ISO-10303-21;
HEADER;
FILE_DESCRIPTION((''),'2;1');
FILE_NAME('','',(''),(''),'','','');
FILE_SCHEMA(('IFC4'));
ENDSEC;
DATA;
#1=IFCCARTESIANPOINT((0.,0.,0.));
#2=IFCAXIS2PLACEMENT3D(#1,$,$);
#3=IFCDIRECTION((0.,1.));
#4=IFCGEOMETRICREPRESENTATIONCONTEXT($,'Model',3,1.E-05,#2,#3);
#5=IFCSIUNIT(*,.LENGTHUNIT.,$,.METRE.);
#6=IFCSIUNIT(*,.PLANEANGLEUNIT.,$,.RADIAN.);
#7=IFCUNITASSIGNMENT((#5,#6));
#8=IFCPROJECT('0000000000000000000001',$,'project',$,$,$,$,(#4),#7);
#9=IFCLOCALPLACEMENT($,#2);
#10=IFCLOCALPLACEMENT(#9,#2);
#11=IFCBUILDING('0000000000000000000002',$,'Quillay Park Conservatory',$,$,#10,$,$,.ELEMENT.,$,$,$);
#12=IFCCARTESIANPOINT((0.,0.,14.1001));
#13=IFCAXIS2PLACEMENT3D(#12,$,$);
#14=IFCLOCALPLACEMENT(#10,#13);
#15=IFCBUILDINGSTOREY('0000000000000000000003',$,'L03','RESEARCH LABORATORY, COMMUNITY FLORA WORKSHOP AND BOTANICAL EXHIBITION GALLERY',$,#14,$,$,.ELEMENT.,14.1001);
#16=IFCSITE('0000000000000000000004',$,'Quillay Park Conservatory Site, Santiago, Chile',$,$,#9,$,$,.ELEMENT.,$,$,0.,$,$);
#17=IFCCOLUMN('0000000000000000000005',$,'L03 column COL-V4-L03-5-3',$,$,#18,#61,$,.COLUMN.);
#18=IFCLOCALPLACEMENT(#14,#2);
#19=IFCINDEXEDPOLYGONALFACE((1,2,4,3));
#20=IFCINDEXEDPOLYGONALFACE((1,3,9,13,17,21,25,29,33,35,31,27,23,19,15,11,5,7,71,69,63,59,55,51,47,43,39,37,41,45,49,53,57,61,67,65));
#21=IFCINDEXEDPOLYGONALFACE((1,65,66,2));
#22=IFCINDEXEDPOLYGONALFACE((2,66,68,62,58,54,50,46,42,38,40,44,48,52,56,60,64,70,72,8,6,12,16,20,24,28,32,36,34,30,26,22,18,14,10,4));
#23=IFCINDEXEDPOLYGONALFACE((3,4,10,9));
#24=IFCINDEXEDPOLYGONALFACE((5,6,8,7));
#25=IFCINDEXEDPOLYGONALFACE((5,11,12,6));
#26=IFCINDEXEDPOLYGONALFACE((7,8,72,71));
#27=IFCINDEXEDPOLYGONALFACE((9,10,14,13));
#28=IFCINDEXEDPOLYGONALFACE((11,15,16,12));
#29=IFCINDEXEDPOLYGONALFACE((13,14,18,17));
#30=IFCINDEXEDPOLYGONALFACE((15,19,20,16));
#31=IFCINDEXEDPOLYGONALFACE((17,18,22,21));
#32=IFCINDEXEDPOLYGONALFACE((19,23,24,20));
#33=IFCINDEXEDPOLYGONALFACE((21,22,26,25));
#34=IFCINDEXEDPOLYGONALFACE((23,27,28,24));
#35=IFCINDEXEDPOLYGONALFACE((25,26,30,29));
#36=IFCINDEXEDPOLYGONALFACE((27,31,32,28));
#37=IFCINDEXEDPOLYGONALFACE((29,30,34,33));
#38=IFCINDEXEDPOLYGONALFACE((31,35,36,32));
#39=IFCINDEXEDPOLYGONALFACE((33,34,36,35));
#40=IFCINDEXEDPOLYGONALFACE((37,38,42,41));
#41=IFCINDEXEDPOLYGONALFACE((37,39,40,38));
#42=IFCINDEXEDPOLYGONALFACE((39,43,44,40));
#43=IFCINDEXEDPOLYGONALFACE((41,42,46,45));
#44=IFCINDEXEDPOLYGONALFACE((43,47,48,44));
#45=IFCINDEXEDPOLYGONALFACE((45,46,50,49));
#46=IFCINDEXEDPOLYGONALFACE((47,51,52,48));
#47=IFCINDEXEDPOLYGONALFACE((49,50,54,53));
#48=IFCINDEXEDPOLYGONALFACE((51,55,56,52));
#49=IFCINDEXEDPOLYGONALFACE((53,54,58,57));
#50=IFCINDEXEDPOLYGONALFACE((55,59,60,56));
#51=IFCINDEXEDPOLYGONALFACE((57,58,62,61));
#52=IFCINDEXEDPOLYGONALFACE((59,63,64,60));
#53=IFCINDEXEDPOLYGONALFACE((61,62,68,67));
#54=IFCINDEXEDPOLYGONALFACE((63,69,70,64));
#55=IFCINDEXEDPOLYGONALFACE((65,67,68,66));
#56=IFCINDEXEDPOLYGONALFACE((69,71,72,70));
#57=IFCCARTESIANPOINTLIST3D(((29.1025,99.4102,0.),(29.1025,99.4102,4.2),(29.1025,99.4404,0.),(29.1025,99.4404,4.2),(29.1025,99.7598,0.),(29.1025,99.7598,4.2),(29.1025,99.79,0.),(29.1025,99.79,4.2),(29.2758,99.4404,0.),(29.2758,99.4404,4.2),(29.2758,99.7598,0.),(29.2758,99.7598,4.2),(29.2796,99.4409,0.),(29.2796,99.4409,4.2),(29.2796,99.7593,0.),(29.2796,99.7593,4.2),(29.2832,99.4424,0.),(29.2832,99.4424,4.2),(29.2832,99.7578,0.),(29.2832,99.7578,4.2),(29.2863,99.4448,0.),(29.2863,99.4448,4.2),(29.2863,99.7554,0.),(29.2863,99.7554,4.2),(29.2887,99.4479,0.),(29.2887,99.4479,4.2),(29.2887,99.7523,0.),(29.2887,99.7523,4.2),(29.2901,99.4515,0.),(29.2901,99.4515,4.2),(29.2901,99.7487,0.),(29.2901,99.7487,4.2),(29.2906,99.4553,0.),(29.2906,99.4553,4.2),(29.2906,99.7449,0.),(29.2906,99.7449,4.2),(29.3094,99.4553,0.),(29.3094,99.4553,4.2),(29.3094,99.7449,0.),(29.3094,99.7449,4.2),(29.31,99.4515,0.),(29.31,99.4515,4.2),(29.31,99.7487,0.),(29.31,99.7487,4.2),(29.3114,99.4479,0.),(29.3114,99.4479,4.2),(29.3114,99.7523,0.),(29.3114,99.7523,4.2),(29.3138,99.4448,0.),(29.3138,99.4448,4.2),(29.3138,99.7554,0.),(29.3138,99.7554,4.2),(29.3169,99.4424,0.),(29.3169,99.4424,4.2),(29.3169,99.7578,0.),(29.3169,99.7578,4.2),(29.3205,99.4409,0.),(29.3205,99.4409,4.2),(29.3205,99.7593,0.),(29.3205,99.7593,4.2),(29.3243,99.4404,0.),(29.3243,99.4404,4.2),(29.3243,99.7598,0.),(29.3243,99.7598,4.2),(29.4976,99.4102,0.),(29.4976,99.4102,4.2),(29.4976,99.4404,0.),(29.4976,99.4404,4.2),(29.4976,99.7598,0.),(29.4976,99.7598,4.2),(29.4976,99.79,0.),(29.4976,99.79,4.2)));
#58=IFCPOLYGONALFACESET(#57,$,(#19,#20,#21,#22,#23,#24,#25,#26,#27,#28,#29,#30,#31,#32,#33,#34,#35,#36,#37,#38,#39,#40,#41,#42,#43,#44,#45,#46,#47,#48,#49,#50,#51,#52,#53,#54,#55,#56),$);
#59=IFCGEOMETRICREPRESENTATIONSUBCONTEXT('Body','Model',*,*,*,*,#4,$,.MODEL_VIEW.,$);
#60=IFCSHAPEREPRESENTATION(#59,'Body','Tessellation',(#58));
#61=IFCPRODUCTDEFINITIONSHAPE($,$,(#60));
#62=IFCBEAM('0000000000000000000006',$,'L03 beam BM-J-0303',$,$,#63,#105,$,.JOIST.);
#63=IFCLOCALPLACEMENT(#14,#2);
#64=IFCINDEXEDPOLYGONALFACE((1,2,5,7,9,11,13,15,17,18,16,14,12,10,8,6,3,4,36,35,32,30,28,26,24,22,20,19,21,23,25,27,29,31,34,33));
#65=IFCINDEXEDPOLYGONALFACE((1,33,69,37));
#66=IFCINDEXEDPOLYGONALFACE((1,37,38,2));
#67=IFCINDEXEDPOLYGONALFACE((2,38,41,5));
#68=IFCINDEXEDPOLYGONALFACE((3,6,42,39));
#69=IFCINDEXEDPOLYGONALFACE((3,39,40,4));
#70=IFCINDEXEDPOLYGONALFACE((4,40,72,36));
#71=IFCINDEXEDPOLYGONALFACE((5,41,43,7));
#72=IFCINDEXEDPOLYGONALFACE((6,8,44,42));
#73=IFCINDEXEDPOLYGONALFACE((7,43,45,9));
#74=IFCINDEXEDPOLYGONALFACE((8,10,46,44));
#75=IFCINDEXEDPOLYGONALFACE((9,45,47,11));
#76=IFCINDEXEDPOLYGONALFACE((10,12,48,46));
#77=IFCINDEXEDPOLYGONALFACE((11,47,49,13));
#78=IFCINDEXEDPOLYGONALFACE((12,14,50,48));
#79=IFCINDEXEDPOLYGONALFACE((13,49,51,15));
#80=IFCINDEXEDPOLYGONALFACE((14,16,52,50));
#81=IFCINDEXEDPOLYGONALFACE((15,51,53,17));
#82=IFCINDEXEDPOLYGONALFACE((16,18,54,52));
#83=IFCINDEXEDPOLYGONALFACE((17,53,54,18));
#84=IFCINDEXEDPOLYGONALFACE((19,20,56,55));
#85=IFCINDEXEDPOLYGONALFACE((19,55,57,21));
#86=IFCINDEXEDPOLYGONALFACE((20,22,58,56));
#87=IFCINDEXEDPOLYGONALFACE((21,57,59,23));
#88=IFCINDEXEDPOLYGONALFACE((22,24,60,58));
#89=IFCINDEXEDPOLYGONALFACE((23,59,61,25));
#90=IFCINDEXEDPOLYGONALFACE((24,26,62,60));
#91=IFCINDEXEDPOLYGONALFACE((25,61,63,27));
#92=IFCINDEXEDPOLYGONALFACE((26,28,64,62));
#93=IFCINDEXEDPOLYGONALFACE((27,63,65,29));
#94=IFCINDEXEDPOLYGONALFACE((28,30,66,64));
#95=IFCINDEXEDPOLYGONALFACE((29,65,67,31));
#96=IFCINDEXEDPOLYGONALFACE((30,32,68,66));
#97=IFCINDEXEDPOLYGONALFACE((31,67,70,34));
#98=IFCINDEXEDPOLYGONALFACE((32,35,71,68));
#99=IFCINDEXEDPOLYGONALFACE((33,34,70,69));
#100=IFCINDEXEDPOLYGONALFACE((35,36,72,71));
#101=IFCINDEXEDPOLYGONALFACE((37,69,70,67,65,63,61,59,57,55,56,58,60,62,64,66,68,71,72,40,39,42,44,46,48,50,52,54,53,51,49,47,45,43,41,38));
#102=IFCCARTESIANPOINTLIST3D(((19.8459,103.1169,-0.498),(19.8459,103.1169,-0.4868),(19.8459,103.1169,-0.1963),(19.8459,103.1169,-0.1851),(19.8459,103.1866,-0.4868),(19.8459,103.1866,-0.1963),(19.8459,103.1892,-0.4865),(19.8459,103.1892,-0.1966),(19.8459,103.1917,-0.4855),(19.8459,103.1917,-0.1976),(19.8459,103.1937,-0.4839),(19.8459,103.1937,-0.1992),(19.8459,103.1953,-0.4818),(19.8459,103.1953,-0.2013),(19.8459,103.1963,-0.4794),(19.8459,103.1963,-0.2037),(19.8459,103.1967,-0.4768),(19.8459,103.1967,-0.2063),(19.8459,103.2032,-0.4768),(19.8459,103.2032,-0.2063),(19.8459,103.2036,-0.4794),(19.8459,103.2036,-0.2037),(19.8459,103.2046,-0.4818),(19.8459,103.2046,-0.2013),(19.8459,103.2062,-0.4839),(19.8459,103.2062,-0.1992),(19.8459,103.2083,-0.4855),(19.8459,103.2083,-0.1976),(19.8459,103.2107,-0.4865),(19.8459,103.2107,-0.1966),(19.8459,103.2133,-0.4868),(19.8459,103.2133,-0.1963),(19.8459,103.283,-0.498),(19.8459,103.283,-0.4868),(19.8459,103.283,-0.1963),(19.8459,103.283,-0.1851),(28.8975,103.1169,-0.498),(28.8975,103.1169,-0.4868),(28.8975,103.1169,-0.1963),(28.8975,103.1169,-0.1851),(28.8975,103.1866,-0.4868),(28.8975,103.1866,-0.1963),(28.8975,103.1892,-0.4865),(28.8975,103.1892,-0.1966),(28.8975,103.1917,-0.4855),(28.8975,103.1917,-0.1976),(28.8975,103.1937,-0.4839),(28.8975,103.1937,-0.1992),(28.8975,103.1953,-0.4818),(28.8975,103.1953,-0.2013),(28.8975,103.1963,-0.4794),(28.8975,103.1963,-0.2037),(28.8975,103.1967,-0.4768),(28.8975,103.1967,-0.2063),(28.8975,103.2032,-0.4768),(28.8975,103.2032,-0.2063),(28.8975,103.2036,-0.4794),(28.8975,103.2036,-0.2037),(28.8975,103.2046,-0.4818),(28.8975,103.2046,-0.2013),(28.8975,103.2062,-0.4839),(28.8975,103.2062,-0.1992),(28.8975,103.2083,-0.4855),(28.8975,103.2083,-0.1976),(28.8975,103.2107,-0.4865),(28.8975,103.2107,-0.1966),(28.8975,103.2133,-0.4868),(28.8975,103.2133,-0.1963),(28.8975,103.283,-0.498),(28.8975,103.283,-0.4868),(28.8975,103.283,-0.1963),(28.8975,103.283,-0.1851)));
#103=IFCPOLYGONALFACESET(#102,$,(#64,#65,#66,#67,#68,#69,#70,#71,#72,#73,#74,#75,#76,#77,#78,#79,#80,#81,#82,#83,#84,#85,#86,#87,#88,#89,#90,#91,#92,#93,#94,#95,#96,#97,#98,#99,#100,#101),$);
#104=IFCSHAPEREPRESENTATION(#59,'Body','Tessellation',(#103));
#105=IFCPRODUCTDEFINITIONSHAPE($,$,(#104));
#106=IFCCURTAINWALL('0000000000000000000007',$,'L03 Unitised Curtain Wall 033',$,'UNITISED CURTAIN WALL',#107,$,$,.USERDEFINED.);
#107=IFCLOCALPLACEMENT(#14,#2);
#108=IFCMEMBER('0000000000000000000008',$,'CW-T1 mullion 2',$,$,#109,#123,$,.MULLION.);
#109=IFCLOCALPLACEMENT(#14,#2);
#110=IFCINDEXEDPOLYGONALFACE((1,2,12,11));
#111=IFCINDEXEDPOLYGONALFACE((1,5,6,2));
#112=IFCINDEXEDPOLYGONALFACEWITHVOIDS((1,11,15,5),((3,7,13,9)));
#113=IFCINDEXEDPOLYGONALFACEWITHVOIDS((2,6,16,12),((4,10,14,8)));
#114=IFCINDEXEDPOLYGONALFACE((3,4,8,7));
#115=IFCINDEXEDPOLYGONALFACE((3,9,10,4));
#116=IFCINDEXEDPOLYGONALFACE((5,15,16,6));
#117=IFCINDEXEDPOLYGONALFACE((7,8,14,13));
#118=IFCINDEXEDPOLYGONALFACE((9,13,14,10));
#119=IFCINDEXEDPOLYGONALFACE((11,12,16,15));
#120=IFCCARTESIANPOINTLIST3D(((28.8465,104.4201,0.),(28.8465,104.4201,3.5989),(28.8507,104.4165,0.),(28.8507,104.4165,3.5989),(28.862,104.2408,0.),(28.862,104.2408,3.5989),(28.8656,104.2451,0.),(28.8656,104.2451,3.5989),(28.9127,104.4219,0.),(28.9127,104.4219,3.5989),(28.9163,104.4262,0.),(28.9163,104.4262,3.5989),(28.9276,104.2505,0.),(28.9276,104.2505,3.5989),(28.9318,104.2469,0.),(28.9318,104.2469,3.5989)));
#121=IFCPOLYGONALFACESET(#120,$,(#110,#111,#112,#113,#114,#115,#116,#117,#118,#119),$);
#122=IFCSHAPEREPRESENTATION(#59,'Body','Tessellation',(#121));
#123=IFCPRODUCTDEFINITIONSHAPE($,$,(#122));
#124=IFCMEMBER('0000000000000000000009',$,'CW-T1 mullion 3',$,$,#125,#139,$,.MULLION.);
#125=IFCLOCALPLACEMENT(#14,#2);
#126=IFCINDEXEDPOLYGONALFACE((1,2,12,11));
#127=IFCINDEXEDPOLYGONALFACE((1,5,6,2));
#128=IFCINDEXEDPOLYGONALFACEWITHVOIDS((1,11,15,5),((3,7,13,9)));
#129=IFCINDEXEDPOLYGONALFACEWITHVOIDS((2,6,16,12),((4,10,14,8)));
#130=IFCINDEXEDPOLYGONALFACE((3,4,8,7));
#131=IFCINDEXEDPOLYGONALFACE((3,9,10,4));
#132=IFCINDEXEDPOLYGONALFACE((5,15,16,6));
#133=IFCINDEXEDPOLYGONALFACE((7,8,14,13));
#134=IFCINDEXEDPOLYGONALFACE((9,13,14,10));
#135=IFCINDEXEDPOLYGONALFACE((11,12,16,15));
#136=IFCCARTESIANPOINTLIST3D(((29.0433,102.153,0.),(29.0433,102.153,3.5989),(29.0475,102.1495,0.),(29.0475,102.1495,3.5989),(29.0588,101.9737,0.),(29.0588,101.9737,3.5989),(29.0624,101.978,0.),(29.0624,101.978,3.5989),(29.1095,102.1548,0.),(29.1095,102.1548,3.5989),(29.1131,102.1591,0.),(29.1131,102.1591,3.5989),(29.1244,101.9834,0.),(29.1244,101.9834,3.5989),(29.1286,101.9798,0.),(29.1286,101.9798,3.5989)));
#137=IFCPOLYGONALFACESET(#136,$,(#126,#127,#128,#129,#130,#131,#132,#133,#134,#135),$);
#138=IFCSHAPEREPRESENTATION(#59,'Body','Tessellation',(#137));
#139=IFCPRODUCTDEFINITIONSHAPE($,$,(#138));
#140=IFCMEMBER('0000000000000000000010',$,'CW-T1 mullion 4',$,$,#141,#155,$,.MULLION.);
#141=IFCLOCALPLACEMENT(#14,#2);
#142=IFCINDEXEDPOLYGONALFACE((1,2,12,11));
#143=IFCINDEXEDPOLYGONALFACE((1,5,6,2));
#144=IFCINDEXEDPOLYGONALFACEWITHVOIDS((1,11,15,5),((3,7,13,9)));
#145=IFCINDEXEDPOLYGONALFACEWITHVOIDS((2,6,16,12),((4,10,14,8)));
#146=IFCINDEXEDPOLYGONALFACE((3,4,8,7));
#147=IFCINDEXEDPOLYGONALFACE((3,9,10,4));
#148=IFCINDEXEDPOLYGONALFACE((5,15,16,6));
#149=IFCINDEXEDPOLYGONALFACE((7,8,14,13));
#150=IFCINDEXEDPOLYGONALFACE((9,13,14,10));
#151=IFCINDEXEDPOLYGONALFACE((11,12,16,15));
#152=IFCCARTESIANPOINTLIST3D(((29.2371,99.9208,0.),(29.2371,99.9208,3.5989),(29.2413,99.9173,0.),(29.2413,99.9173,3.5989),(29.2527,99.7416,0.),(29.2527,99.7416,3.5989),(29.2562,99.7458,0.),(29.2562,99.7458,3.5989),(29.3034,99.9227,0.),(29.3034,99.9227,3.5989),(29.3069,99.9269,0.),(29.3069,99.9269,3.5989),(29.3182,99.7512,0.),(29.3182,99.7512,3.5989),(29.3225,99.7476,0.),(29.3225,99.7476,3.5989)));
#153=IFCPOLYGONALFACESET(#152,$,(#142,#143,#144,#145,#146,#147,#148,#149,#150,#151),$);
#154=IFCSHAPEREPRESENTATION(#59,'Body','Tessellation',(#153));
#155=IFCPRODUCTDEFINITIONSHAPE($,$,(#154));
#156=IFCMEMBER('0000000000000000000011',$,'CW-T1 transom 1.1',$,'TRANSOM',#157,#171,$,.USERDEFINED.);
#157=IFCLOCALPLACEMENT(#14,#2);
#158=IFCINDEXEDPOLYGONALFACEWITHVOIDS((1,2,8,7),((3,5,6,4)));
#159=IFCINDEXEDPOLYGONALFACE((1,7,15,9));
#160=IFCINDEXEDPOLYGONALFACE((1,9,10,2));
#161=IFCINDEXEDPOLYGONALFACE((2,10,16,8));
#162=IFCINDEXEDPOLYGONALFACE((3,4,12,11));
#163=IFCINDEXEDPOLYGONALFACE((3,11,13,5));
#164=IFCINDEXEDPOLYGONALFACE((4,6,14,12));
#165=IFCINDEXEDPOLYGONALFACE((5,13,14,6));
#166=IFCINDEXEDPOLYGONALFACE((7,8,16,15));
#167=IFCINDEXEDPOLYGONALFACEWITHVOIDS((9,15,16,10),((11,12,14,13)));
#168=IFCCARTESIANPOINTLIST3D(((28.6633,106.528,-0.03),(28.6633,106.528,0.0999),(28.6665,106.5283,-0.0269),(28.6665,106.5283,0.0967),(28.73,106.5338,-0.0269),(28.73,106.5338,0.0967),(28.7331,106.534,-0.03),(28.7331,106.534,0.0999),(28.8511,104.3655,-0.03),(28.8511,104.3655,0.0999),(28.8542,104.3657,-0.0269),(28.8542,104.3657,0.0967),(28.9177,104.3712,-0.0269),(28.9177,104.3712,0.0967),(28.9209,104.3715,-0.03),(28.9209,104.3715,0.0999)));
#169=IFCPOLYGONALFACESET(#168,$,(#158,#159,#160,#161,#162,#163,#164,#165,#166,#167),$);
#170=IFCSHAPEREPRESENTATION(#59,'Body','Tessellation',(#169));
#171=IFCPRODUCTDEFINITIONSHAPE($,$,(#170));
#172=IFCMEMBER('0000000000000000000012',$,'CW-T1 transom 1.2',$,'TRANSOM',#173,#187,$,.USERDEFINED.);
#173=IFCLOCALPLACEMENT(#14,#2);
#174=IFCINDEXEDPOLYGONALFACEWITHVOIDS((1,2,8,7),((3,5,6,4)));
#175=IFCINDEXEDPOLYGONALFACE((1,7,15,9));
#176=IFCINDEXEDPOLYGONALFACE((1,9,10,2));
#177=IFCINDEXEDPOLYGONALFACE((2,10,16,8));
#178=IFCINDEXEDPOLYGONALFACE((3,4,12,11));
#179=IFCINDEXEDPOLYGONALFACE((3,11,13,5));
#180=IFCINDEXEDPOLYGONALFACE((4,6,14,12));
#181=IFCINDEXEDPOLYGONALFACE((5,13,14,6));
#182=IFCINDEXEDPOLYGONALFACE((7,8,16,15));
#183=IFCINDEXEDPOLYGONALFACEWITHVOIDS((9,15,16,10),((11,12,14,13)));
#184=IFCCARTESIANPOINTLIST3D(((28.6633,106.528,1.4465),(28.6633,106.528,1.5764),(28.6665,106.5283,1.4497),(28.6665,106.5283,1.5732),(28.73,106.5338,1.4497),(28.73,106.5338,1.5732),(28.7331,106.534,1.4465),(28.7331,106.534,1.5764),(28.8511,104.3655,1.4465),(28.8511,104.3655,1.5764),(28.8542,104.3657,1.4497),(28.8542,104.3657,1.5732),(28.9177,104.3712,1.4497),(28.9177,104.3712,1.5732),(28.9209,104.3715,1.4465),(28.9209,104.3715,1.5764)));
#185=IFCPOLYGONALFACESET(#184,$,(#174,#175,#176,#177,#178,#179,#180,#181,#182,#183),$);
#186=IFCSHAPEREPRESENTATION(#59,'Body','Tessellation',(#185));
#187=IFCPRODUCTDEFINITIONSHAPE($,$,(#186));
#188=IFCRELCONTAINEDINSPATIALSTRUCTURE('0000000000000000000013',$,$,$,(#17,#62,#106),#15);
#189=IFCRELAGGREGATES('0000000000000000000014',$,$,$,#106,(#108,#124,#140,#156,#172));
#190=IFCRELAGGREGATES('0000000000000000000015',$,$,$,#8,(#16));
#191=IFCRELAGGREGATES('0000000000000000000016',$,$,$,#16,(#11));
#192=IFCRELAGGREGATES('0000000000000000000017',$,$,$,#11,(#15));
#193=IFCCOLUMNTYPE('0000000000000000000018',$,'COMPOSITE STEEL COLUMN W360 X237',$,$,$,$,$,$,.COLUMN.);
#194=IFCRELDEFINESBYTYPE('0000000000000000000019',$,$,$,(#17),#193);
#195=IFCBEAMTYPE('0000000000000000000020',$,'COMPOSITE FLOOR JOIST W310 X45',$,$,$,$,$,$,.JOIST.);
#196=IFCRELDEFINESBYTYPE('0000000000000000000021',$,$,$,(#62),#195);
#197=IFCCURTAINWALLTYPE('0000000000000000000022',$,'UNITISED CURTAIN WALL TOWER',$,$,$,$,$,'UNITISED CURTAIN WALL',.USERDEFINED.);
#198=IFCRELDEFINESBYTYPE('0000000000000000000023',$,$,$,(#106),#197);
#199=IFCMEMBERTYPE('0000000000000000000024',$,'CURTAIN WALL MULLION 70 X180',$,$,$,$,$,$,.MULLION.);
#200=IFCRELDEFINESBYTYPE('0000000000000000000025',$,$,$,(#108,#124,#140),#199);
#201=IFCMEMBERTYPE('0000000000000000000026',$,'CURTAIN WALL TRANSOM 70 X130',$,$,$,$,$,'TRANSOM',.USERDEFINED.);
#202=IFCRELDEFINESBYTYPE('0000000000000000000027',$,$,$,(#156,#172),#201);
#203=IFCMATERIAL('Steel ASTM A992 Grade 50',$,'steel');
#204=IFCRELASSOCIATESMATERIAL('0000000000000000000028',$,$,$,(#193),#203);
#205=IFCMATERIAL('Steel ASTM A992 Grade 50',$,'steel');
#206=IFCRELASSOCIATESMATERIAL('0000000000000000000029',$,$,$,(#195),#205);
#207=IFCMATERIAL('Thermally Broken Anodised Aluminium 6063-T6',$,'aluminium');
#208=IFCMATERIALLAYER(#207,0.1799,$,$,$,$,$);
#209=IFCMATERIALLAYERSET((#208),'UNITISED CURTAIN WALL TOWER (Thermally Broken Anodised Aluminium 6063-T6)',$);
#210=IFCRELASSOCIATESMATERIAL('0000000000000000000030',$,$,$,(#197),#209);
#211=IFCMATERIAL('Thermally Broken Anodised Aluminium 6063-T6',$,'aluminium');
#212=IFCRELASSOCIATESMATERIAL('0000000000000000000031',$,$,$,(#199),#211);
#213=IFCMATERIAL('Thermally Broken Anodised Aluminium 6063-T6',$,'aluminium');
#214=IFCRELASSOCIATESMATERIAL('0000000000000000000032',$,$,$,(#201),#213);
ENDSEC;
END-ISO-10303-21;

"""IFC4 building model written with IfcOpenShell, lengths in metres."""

from ifc_helpers import new_model, si_unit, direction, frame, origin, origin_2d, place, context, subcontext, project, spatial, hollow_rectangle, i_section, extrude, material, layer, layer_set, material_profile, profile_set, type_object, element, aggregate, save


model = new_model("IFC4")

# Units and contexts
model_context = context("Model", 3, precision=1e-05, world=origin(), true_north=direction((0.0, 1.0)))
body_context = subcontext(model_context, "Body", "Model", "MODEL_VIEW")
ifc_project = project(units=[si_unit("LENGTHUNIT", "METRE"), si_unit("PLANEANGLEUNIT", "RADIAN")], contexts=[model_context])

# Site, building, storey
site_placement = place(None, origin())
site = spatial("IfcSite", under=ifc_project, at=site_placement, Name="Quillay Park Conservatory Site, Santiago, Chile", CompositionType="ELEMENT", RefElevation=0.0)
building_placement = place(site_placement, origin())
building = spatial("IfcBuilding", under=site, at=building_placement, Name="Quillay Park Conservatory", CompositionType="ELEMENT")
storey_placement = place(building_placement, frame((0.0, 0.0, 14.1001)))
storey = spatial("IfcBuildingStorey", under=building, at=storey_placement, Name="L03", Description="RESEARCH LABORATORY, COMMUNITY FLORA WORKSHOP AND BOTANICAL EXHIBITION GALLERY", CompositionType="ELEMENT", Elevation=14.1001)

# Column
ifc_material_1 = material(Name="Steel ASTM A992 Grade 50", Category="steel")
ifc_material_profile_1 = material_profile(ifc_material_1, i_section(OverallWidth=0.395, OverallDepth=0.3799, WebThickness=0.0188, FlangeThickness=0.0303, FilletRadius=0.0149, at=origin_2d()), Name="W360x237")
ifc_profile_set_1 = profile_set([ifc_material_profile_1], Name="Steel ASTM A992 Grade 50")
column_type = type_object("IfcColumnType", Name="COMPOSITE STEEL COLUMN W360 X237", PredefinedType="COLUMN", material=ifc_profile_set_1)
column_placement = place(storey_placement, frame((29.3, 99.6001, 0.0), z_axis=(0.0, 0.0, 1.0), x_axis=(1.0, 0.0, 0.0)))
element("IfcColumn", 1, at=column_placement, inside=storey, type_object=column_type, Name="L03 column COL-V4-L03-5-3", PredefinedType="COLUMN", context=body_context, shape_type="SweptSolid", body=[
    extrude(i_section(OverallWidth=0.395, OverallDepth=0.3799, WebThickness=0.0188, FlangeThickness=0.0303, FilletRadius=0.0149, at=origin_2d()), origin(), (0.0, 0.0, 1.0), 4.2),
])

# Beam
ifc_material_2 = material(Name="Steel ASTM A992 Grade 50", Category="steel")
ifc_material_profile_2 = material_profile(ifc_material_2, i_section(OverallWidth=0.166, OverallDepth=0.313, WebThickness=0.0066, FlangeThickness=0.0112, FilletRadius=0.01, at=origin_2d()), Name="W310x45")
ifc_profile_set_2 = profile_set([ifc_material_profile_2], Name="Steel ASTM A992 Grade 50")
beam_type_1 = type_object("IfcBeamType", Name="COMPOSITE FLOOR JOIST W310 X45", PredefinedType="JOIST", material=ifc_profile_set_2)
beam_1_placement = place(storey_placement, frame((19.8459, 103.2, -0.3416), z_axis=(1.0, 0.0, 0.0), x_axis=(0.0, 1.0, 0.0)))
element("IfcBeam", 2, at=beam_1_placement, inside=storey, type_object=beam_type_1, Name="L03 beam BM-J-0303", PredefinedType="JOIST", context=body_context, shape_type="SweptSolid", body=[
    extrude(i_section(OverallWidth=0.166, OverallDepth=0.313, WebThickness=0.0066, FlangeThickness=0.0112, FilletRadius=0.01, at=origin_2d()), origin(), (0.0, 0.0, 1.0), 9.0515),
])

# Curtain wall, members
ifc_material_3 = material(Name="Thermally Broken Anodised Aluminium 6063-T6", Category="aluminium")
ifc_layer_1 = layer(ifc_material_3, 0.1799)
ifc_layer_set_1 = layer_set([ifc_layer_1], Name="UNITISED CURTAIN WALL TOWER (Thermally Broken Anodised Aluminium 6063-T6)")
curtain_wall_type = type_object("IfcCurtainWallType", Name="UNITISED CURTAIN WALL TOWER", ElementType="UNITISED CURTAIN WALL", PredefinedType="USERDEFINED", material=ifc_layer_set_1)
curtain_wall_placement = place(storey_placement, origin())
curtain_wall = element("IfcCurtainWall", 3, at=curtain_wall_placement, inside=storey, type_object=curtain_wall_type, Name="L03 Unitised Curtain Wall 033", ObjectType="UNITISED CURTAIN WALL", PredefinedType="USERDEFINED")
ifc_material_4 = material(Name="Thermally Broken Anodised Aluminium 6063-T6", Category="aluminium")
ifc_material_profile_3 = material_profile(ifc_material_4, hollow_rectangle(XDim=0.0701, YDim=0.1799, WallThickness=0.0039, at=origin_2d()), Name="AL70x180x4")
ifc_profile_set_3 = profile_set([ifc_material_profile_3], Name="Thermally Broken Anodised Aluminium 6063-T6")
member_type_1 = type_object("IfcMemberType", Name="CURTAIN WALL MULLION 70 X180", PredefinedType="MULLION", material=ifc_profile_set_3)
member_1_placement = place(storey_placement, frame((28.8892, 104.3335, 0.0), z_axis=(0.0, 0.0, 1.0), x_axis=(0.996254, 0.08648, 0.0)))
member_1 = element("IfcMember", 4, at=member_1_placement, type_object=member_type_1, Name="CW-T1 mullion 2", PredefinedType="MULLION", context=body_context, shape_type="SweptSolid", body=[
    extrude(hollow_rectangle(XDim=0.0701, YDim=0.1799, WallThickness=0.0039, at=origin_2d()), origin(), (0.0, 0.0, 1.0), 3.5989),
])
member_2_placement = place(storey_placement, frame((29.0859, 102.0664, 0.0), z_axis=(0.0, 0.0, 1.0), x_axis=(0.996254, 0.08648, 0.0)))
member_2 = element("IfcMember", 5, at=member_2_placement, type_object=member_type_1, Name="CW-T1 mullion 3", PredefinedType="MULLION", context=body_context, shape_type="SweptSolid", body=[
    extrude(hollow_rectangle(XDim=0.0701, YDim=0.1799, WallThickness=0.0039, at=origin_2d()), origin(), (0.0, 0.0, 1.0), 3.5989),
])
member_3_placement = place(storey_placement, frame((29.2798, 99.8342, 0.0), z_axis=(0.0, 0.0, 1.0), x_axis=(0.996254, 0.08648, 0.0)))
member_3 = element("IfcMember", 6, at=member_3_placement, type_object=member_type_1, Name="CW-T1 mullion 4", PredefinedType="MULLION", context=body_context, shape_type="SweptSolid", body=[
    extrude(hollow_rectangle(XDim=0.0701, YDim=0.1799, WallThickness=0.0039, at=origin_2d()), origin(), (0.0, 0.0, 1.0), 3.5989),
])
ifc_material_5 = material(Name="Thermally Broken Anodised Aluminium 6063-T6", Category="aluminium")
ifc_material_profile_4 = material_profile(ifc_material_5, hollow_rectangle(XDim=0.0701, YDim=0.1299, WallThickness=0.0032, at=origin_2d()), Name="AL70x130x3.2")
ifc_profile_set_4 = profile_set([ifc_material_profile_4], Name="Thermally Broken Anodised Aluminium 6063-T6")
member_type_2 = type_object("IfcMemberType", Name="CURTAIN WALL TRANSOM 70 X130", ElementType="TRANSOM", PredefinedType="USERDEFINED", material=ifc_profile_set_4)
member_4_placement = place(storey_placement, frame((28.6982, 106.531, 0.0349), z_axis=(0.086489, -0.996253, 0.0), x_axis=(0.996253, 0.086489, 0.0)))
member_4 = element("IfcMember", 7, at=member_4_placement, type_object=member_type_2, Name="CW-T1 transom 1.1", ObjectType="TRANSOM", PredefinedType="USERDEFINED", context=body_context, shape_type="SweptSolid", body=[
    extrude(hollow_rectangle(XDim=0.0701, YDim=0.1299, WallThickness=0.0032, at=origin_2d()), origin(), (0.0, 0.0, 1.0), 2.1707),
])
member_5_placement = place(storey_placement, frame((28.6982, 106.531, 1.5115), z_axis=(0.086489, -0.996253, 0.0), x_axis=(0.996253, 0.086489, 0.0)))
member_5 = element("IfcMember", 8, at=member_5_placement, type_object=member_type_2, Name="CW-T1 transom 1.2", ObjectType="TRANSOM", PredefinedType="USERDEFINED", context=body_context, shape_type="SweptSolid", body=[
    extrude(hollow_rectangle(XDim=0.0701, YDim=0.1299, WallThickness=0.0032, at=origin_2d()), origin(), (0.0, 0.0, 1.0), 2.1707),
])

aggregate(curtain_wall, [member_1, member_2, member_3, member_4, member_5])

save(model, "model.ifc")
